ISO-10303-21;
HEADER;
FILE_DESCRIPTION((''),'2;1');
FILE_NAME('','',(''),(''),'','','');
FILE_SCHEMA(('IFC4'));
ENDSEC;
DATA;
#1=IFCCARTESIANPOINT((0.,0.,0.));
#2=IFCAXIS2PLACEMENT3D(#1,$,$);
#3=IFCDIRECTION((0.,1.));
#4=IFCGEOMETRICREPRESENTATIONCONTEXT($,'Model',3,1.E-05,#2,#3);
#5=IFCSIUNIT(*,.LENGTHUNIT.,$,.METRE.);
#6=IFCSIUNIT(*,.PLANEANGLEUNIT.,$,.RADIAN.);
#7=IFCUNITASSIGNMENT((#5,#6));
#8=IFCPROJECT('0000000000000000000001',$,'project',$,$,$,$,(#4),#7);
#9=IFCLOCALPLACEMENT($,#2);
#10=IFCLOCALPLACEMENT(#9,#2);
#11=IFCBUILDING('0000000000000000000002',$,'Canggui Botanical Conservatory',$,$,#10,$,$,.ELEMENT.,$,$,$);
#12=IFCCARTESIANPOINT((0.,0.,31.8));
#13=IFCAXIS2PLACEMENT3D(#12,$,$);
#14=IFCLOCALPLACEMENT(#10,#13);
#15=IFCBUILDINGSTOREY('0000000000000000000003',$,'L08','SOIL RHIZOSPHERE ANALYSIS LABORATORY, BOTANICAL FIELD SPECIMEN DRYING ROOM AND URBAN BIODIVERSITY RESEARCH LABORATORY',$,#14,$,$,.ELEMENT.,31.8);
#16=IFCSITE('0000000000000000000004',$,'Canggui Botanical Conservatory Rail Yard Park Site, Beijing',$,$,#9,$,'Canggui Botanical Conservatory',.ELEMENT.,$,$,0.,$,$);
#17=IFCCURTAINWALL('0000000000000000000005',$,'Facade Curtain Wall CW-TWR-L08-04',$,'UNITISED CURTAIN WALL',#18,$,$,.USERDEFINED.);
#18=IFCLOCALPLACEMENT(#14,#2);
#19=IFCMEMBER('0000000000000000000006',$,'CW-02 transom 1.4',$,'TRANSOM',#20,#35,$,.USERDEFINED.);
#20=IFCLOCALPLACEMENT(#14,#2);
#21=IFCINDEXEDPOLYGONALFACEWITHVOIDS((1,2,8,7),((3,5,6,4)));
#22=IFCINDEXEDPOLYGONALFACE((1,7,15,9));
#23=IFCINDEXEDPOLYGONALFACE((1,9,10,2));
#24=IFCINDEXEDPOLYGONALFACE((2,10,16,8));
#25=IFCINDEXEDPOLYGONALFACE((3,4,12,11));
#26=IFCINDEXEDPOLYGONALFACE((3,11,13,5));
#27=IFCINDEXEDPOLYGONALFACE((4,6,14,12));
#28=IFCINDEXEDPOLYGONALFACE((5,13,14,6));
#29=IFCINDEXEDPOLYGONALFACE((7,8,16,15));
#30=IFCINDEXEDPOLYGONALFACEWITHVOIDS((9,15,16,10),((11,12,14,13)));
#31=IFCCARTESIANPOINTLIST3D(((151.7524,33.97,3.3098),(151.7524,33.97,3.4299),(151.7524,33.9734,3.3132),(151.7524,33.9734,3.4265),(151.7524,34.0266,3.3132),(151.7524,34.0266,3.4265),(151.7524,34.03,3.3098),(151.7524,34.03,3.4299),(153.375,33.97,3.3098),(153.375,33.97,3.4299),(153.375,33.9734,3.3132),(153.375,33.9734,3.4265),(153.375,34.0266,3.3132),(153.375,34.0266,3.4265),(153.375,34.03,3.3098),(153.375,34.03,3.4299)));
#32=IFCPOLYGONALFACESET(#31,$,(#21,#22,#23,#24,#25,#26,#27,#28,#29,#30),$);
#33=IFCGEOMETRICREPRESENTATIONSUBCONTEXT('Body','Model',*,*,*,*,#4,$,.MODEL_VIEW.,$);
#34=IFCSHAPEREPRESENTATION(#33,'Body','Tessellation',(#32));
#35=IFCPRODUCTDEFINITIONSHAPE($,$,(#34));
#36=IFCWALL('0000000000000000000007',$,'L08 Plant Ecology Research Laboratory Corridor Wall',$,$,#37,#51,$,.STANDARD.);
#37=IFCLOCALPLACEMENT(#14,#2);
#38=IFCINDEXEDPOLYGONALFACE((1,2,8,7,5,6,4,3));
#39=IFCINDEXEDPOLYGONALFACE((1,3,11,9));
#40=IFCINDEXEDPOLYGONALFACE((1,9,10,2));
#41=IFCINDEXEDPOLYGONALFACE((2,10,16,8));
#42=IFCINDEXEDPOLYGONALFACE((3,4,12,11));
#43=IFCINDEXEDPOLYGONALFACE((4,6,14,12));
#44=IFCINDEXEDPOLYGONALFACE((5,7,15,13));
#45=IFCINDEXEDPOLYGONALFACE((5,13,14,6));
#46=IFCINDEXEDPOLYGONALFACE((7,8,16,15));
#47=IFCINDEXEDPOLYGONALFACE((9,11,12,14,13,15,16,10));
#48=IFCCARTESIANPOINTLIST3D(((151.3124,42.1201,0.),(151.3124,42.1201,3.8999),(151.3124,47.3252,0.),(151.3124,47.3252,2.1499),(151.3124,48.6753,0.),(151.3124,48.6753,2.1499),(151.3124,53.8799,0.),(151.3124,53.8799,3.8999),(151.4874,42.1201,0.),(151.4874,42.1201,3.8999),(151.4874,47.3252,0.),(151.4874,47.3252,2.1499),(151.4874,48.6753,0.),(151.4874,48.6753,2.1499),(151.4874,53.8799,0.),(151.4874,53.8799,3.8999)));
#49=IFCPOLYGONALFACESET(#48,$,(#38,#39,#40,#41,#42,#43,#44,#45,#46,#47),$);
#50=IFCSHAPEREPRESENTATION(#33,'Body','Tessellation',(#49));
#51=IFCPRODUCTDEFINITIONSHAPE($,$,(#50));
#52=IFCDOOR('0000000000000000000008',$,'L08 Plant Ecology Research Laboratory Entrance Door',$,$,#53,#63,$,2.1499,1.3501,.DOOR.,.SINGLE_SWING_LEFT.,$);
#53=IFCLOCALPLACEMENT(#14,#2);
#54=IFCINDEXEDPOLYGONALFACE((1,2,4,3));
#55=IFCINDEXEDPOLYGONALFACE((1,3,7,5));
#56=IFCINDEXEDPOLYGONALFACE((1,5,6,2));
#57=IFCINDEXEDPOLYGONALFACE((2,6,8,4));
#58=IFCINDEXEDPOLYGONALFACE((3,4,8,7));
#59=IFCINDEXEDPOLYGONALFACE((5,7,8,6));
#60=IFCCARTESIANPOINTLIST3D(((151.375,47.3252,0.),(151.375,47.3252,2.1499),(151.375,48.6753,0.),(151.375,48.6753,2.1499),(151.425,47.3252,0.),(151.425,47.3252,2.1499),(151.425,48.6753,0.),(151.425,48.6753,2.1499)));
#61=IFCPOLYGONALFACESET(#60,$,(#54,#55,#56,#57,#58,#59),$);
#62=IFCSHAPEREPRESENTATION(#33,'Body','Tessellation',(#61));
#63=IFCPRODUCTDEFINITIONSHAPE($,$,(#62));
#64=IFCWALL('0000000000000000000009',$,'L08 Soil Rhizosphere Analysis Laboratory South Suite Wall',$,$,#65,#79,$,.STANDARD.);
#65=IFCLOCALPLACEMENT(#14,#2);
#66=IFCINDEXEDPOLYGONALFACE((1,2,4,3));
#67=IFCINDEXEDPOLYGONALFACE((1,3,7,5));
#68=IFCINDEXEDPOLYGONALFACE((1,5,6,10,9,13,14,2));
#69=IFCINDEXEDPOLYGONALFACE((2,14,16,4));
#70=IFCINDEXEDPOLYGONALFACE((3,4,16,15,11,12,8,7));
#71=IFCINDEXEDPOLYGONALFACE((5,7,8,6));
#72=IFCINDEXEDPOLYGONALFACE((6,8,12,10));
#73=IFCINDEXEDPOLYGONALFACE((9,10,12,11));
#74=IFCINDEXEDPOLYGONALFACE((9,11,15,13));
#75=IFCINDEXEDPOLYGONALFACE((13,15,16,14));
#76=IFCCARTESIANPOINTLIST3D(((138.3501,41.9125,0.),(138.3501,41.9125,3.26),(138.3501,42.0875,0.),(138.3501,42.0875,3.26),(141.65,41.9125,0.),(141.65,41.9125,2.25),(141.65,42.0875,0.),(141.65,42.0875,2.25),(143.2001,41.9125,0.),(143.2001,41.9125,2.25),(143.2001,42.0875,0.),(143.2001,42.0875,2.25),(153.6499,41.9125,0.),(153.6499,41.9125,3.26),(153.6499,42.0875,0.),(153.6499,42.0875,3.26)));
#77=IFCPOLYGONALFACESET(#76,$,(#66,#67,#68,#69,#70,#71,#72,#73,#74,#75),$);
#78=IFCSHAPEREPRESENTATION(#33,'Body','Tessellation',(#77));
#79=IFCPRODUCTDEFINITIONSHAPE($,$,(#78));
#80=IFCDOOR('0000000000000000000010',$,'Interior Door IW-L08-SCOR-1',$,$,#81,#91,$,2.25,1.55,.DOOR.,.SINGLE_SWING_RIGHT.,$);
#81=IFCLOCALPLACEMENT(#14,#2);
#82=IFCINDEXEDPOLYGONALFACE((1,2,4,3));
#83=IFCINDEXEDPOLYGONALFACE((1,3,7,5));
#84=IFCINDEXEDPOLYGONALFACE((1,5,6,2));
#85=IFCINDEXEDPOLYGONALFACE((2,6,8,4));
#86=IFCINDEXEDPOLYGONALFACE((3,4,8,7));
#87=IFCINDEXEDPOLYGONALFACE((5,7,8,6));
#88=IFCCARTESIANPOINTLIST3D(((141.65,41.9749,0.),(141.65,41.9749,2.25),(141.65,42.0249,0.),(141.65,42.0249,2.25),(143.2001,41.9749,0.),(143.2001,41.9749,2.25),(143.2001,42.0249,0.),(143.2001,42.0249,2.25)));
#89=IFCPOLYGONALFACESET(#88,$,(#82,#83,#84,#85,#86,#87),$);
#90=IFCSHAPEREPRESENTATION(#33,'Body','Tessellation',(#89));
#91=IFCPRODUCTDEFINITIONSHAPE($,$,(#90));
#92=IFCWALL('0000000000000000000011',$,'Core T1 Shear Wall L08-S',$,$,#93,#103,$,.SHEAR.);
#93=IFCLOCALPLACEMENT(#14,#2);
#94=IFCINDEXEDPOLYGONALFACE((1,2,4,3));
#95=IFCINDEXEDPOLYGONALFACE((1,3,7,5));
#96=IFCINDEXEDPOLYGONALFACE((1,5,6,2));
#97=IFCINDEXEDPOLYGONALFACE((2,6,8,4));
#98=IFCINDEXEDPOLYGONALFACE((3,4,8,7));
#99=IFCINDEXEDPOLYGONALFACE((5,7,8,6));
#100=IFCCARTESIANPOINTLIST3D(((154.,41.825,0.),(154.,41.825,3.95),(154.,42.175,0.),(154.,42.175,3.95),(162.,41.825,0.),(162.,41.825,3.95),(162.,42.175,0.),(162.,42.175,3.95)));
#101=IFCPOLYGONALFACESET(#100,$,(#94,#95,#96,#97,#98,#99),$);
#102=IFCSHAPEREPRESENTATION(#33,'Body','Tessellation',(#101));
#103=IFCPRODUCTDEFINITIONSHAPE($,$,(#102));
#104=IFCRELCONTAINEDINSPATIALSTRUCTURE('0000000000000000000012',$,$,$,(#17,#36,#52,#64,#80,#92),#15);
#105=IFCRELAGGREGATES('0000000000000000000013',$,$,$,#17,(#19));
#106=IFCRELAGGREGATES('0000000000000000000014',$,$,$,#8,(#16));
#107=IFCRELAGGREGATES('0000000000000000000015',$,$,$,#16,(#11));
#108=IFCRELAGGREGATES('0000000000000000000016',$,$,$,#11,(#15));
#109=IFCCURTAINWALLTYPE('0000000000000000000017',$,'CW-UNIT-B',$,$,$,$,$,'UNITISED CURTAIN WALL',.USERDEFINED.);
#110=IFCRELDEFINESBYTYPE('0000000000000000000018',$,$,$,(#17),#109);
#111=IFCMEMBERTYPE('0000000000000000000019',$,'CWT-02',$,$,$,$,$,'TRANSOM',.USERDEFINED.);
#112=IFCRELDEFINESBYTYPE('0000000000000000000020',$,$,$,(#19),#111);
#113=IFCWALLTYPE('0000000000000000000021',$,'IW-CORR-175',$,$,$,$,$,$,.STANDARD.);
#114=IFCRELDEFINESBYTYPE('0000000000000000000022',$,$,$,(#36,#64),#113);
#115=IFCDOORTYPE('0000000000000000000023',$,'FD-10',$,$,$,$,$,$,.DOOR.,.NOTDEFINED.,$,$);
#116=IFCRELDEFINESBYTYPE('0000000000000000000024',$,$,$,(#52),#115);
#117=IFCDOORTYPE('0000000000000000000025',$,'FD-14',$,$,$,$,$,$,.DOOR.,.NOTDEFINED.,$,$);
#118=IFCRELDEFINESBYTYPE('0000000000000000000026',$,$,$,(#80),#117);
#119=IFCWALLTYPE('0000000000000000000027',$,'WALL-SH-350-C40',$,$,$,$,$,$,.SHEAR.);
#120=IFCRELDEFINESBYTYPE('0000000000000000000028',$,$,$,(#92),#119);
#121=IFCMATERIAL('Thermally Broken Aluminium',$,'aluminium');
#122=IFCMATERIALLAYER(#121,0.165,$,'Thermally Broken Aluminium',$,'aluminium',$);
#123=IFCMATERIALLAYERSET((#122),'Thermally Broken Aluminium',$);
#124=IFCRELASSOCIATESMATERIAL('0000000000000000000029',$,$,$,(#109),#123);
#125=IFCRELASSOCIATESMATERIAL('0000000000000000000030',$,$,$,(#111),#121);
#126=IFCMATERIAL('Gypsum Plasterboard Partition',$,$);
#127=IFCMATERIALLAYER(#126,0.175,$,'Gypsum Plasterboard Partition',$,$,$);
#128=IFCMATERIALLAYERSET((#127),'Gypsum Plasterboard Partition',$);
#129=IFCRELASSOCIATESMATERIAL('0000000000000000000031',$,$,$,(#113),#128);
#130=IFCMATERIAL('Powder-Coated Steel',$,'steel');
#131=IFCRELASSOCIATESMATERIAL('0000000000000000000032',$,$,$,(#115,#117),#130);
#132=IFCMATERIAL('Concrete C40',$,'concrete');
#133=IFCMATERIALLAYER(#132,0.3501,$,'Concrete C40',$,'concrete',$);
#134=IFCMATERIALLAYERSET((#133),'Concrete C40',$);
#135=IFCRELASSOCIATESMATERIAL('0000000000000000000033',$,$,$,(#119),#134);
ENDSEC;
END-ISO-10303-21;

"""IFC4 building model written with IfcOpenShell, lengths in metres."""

from ifc_helpers import new_model, si_unit, direction, frame, frame_2d, origin, origin_2d, place, context, subcontext, project, spatial, rectangle, hollow_rectangle, extrude, material, layer, layer_set, material_profile, profile_set, type_object, element, fill, aggregate, save


model = new_model("IFC4")

# Units and contexts
model_context = context("Model", 3, precision=1e-05, world=origin(), true_north=direction((0.0, 1.0)))
body_context = subcontext(model_context, "Body", "Model", "MODEL_VIEW")
ifc_project = project(units=[si_unit("LENGTHUNIT", "METRE"), si_unit("PLANEANGLEUNIT", "RADIAN")], contexts=[model_context])

# Site, building, storey
site_placement = place(None, origin())
site = spatial("IfcSite", under=ifc_project, at=site_placement, Name="Canggui Botanical Conservatory Rail Yard Park Site, Beijing", LongName="Canggui Botanical Conservatory", CompositionType="ELEMENT", RefElevation=0.0)
building_placement = place(site_placement, origin())
building = spatial("IfcBuilding", under=site, at=building_placement, Name="Canggui Botanical Conservatory", CompositionType="ELEMENT")
storey_placement = place(building_placement, frame((0.0, 0.0, 31.8)))
storey = spatial("IfcBuildingStorey", under=building, at=storey_placement, Name="L08", Description="SOIL RHIZOSPHERE ANALYSIS LABORATORY, BOTANICAL FIELD SPECIMEN DRYING ROOM AND URBAN BIODIVERSITY RESEARCH LABORATORY", CompositionType="ELEMENT", Elevation=31.8)

# Shared definitions
ifc_material_1 = material(Name="Concrete C40", Category="concrete")

# Curtain wall, member
ifc_material_2 = material(Name="Thermally Broken Aluminium", Category="aluminium")
ifc_layer_1 = layer(ifc_material_2, 0.165, Name="Thermally Broken Aluminium", Category="aluminium")
ifc_layer_set_1 = layer_set([ifc_layer_1], Name="Thermally Broken Aluminium")
curtain_wall_type = type_object("IfcCurtainWallType", Name="CW-UNIT-B", ElementType="UNITISED CURTAIN WALL", PredefinedType="USERDEFINED", material=ifc_layer_set_1)
curtain_wall_placement = place(storey_placement, origin())
curtain_wall = element("IfcCurtainWall", 1, at=curtain_wall_placement, inside=storey, type_object=curtain_wall_type, Name="Facade Curtain Wall CW-TWR-L08-04", ObjectType="UNITISED CURTAIN WALL", PredefinedType="USERDEFINED")
ifc_material_profile_1 = material_profile(ifc_material_2, hollow_rectangle(XDim=0.0601, YDim=0.1201, WallThickness=0.0034, at=origin_2d()), Name="CWT 60x120x3.5")
ifc_profile_set_1 = profile_set([ifc_material_profile_1], Name="Thermally Broken Aluminium")
member_type_1 = type_object("IfcMemberType", Name="CWT-02", ElementType="TRANSOM", PredefinedType="USERDEFINED", material=ifc_profile_set_1)
member_1_placement = place(storey_placement, frame((153.375, 34.0, 3.3699), z_axis=(-1.0, 0.0, 0.0), x_axis=(0.0, -1.0, 0.0)))
member_1 = element("IfcMember", 2, at=member_1_placement, type_object=member_type_1, Name="CW-02 transom 1.4", ObjectType="TRANSOM", PredefinedType="USERDEFINED", context=body_context, shape_type="SweptSolid", body=[
    extrude(hollow_rectangle(XDim=0.0601, YDim=0.1201, WallThickness=0.0034, at=origin_2d()), origin(), (0.0, 0.0, 1.0), 1.6226),
])
aggregate(curtain_wall, [member_1])

# Walls, openings, doors
ifc_material_3 = material(Name="Gypsum Plasterboard Partition")
ifc_layer_2 = layer(ifc_material_3, 0.175, Name="Gypsum Plasterboard Partition")
ifc_layer_set_2 = layer_set([ifc_layer_2], Name="Gypsum Plasterboard Partition")
wall_type_1 = type_object("IfcWallType", Name="IW-CORR-175", PredefinedType="STANDARD", material=ifc_layer_set_2)
wall_1_placement = place(storey_placement, frame((151.3999, 42.1201, 0.0), z_axis=(0.0, 0.0, 1.0), x_axis=(0.0, 1.0, 0.0)))
wall_1 = element("IfcWall", 3, at=wall_1_placement, inside=storey, type_object=wall_type_1, Name="L08 Plant Ecology Research Laboratory Corridor Wall", PredefinedType="STANDARD", context=body_context, shape_type="SweptSolid", body=[
    extrude(rectangle(XDim=11.7598, YDim=0.175, at=frame_2d((5.8799, 0.0))), origin(), (0.0, 0.0, 1.0), 3.8999),
])
opening_1_placement = place(wall_1_placement, frame((5.2051, 0.0, 0.0)))
opening_1 = element("IfcOpeningElement", 4, at=opening_1_placement, cuts=wall_1, PredefinedType="OPENING", context=body_context, shape_type="SweptSolid", body=[
    extrude(rectangle(XDim=1.3501, YDim=2.1499, at=frame_2d((0.675, 1.075))), frame((0.0, 0.0977, 0.0), z_axis=(0.0, -1.0, 0.0), x_axis=(1.0, 0.0, 0.0)), (0.0, 0.0, 1.0), 0.1951),
])
ifc_material_4 = material(Name="Powder-Coated Steel", Category="steel")
door_type_1 = type_object("IfcDoorType", Name="FD-10", OperationType="NOTDEFINED", PredefinedType="DOOR", material=ifc_material_4)
door_1_placement = place(opening_1_placement, origin())
door_1 = element("IfcDoor", 5, at=door_1_placement, inside=storey, type_object=door_type_1, Name="L08 Plant Ecology Research Laboratory Entrance Door", OperationType="SINGLE_SWING_LEFT", OverallHeight=2.1499, OverallWidth=1.3501, PredefinedType="DOOR", context=body_context, shape_type="SweptSolid", body=[
    extrude(rectangle(XDim=1.3501, YDim=2.1499, at=frame_2d((0.675, 1.075))), frame((0.0, 0.0249, 0.0), z_axis=(0.0, -1.0, 0.0), x_axis=(1.0, 0.0, 0.0)), (0.0, 0.0, 1.0), 0.05),
])
fill(opening_1, door_1)
wall_2_placement = place(storey_placement, frame((138.3501, 42.0, 0.0), z_axis=(0.0, 0.0, 1.0), x_axis=(1.0, 0.0, 0.0)))
wall_2 = element("IfcWall", 6, at=wall_2_placement, inside=storey, type_object=wall_type_1, Name="L08 Soil Rhizosphere Analysis Laboratory South Suite Wall", PredefinedType="STANDARD", context=body_context, shape_type="SweptSolid", body=[
    extrude(rectangle(XDim=15.2998, YDim=0.175, at=frame_2d((7.6499, 0.0))), origin(), (0.0, 0.0, 1.0), 3.26),
])
opening_2_placement = place(wall_2_placement, frame((3.3, 0.0, 0.0)))
opening_2 = element("IfcOpeningElement", 7, at=opening_2_placement, cuts=wall_2, PredefinedType="OPENING", context=body_context, shape_type="SweptSolid", body=[
    extrude(rectangle(XDim=1.55, YDim=2.25, at=frame_2d((0.7749, 1.125))), frame((0.0, 0.0977, 0.0), z_axis=(0.0, -1.0, 0.0), x_axis=(1.0, 0.0, 0.0)), (0.0, 0.0, 1.0), 0.1951),
])
door_type_2 = type_object("IfcDoorType", Name="FD-14", OperationType="NOTDEFINED", PredefinedType="DOOR", material=ifc_material_4)
door_2_placement = place(opening_2_placement, origin())
door_2 = element("IfcDoor", 8, at=door_2_placement, inside=storey, type_object=door_type_2, Name="Interior Door IW-L08-SCOR-1", OperationType="SINGLE_SWING_RIGHT", OverallHeight=2.25, OverallWidth=1.55, PredefinedType="DOOR", context=body_context, shape_type="SweptSolid", body=[
    extrude(rectangle(XDim=1.55, YDim=2.25, at=frame_2d((0.7749, 1.125))), frame((0.0, 0.0249, 0.0), z_axis=(0.0, -1.0, 0.0), x_axis=(1.0, 0.0, 0.0)), (0.0, 0.0, 1.0), 0.05),
])
fill(opening_2, door_2)

# Wall
ifc_layer_3 = layer(ifc_material_1, 0.3501, Name="Concrete C40", Category="concrete")
ifc_layer_set_3 = layer_set([ifc_layer_3], Name="Concrete C40")
wall_type_2 = type_object("IfcWallType", Name="WALL-SH-350-C40", PredefinedType="SHEAR", material=ifc_layer_set_3)
wall_3_placement = place(storey_placement, frame((154.0, 42.0, 0.0), z_axis=(0.0, 0.0, 1.0), x_axis=(1.0, 0.0, 0.0)))
element("IfcWall", 9, at=wall_3_placement, inside=storey, type_object=wall_type_2, Name="Core T1 Shear Wall L08-S", PredefinedType="SHEAR", context=body_context, shape_type="SweptSolid", body=[
    extrude(rectangle(XDim=8.0, YDim=0.3501, at=frame_2d((4.0, 0.0))), origin(), (0.0, 0.0, 1.0), 3.95),
])

save(model, "model.ifc")
